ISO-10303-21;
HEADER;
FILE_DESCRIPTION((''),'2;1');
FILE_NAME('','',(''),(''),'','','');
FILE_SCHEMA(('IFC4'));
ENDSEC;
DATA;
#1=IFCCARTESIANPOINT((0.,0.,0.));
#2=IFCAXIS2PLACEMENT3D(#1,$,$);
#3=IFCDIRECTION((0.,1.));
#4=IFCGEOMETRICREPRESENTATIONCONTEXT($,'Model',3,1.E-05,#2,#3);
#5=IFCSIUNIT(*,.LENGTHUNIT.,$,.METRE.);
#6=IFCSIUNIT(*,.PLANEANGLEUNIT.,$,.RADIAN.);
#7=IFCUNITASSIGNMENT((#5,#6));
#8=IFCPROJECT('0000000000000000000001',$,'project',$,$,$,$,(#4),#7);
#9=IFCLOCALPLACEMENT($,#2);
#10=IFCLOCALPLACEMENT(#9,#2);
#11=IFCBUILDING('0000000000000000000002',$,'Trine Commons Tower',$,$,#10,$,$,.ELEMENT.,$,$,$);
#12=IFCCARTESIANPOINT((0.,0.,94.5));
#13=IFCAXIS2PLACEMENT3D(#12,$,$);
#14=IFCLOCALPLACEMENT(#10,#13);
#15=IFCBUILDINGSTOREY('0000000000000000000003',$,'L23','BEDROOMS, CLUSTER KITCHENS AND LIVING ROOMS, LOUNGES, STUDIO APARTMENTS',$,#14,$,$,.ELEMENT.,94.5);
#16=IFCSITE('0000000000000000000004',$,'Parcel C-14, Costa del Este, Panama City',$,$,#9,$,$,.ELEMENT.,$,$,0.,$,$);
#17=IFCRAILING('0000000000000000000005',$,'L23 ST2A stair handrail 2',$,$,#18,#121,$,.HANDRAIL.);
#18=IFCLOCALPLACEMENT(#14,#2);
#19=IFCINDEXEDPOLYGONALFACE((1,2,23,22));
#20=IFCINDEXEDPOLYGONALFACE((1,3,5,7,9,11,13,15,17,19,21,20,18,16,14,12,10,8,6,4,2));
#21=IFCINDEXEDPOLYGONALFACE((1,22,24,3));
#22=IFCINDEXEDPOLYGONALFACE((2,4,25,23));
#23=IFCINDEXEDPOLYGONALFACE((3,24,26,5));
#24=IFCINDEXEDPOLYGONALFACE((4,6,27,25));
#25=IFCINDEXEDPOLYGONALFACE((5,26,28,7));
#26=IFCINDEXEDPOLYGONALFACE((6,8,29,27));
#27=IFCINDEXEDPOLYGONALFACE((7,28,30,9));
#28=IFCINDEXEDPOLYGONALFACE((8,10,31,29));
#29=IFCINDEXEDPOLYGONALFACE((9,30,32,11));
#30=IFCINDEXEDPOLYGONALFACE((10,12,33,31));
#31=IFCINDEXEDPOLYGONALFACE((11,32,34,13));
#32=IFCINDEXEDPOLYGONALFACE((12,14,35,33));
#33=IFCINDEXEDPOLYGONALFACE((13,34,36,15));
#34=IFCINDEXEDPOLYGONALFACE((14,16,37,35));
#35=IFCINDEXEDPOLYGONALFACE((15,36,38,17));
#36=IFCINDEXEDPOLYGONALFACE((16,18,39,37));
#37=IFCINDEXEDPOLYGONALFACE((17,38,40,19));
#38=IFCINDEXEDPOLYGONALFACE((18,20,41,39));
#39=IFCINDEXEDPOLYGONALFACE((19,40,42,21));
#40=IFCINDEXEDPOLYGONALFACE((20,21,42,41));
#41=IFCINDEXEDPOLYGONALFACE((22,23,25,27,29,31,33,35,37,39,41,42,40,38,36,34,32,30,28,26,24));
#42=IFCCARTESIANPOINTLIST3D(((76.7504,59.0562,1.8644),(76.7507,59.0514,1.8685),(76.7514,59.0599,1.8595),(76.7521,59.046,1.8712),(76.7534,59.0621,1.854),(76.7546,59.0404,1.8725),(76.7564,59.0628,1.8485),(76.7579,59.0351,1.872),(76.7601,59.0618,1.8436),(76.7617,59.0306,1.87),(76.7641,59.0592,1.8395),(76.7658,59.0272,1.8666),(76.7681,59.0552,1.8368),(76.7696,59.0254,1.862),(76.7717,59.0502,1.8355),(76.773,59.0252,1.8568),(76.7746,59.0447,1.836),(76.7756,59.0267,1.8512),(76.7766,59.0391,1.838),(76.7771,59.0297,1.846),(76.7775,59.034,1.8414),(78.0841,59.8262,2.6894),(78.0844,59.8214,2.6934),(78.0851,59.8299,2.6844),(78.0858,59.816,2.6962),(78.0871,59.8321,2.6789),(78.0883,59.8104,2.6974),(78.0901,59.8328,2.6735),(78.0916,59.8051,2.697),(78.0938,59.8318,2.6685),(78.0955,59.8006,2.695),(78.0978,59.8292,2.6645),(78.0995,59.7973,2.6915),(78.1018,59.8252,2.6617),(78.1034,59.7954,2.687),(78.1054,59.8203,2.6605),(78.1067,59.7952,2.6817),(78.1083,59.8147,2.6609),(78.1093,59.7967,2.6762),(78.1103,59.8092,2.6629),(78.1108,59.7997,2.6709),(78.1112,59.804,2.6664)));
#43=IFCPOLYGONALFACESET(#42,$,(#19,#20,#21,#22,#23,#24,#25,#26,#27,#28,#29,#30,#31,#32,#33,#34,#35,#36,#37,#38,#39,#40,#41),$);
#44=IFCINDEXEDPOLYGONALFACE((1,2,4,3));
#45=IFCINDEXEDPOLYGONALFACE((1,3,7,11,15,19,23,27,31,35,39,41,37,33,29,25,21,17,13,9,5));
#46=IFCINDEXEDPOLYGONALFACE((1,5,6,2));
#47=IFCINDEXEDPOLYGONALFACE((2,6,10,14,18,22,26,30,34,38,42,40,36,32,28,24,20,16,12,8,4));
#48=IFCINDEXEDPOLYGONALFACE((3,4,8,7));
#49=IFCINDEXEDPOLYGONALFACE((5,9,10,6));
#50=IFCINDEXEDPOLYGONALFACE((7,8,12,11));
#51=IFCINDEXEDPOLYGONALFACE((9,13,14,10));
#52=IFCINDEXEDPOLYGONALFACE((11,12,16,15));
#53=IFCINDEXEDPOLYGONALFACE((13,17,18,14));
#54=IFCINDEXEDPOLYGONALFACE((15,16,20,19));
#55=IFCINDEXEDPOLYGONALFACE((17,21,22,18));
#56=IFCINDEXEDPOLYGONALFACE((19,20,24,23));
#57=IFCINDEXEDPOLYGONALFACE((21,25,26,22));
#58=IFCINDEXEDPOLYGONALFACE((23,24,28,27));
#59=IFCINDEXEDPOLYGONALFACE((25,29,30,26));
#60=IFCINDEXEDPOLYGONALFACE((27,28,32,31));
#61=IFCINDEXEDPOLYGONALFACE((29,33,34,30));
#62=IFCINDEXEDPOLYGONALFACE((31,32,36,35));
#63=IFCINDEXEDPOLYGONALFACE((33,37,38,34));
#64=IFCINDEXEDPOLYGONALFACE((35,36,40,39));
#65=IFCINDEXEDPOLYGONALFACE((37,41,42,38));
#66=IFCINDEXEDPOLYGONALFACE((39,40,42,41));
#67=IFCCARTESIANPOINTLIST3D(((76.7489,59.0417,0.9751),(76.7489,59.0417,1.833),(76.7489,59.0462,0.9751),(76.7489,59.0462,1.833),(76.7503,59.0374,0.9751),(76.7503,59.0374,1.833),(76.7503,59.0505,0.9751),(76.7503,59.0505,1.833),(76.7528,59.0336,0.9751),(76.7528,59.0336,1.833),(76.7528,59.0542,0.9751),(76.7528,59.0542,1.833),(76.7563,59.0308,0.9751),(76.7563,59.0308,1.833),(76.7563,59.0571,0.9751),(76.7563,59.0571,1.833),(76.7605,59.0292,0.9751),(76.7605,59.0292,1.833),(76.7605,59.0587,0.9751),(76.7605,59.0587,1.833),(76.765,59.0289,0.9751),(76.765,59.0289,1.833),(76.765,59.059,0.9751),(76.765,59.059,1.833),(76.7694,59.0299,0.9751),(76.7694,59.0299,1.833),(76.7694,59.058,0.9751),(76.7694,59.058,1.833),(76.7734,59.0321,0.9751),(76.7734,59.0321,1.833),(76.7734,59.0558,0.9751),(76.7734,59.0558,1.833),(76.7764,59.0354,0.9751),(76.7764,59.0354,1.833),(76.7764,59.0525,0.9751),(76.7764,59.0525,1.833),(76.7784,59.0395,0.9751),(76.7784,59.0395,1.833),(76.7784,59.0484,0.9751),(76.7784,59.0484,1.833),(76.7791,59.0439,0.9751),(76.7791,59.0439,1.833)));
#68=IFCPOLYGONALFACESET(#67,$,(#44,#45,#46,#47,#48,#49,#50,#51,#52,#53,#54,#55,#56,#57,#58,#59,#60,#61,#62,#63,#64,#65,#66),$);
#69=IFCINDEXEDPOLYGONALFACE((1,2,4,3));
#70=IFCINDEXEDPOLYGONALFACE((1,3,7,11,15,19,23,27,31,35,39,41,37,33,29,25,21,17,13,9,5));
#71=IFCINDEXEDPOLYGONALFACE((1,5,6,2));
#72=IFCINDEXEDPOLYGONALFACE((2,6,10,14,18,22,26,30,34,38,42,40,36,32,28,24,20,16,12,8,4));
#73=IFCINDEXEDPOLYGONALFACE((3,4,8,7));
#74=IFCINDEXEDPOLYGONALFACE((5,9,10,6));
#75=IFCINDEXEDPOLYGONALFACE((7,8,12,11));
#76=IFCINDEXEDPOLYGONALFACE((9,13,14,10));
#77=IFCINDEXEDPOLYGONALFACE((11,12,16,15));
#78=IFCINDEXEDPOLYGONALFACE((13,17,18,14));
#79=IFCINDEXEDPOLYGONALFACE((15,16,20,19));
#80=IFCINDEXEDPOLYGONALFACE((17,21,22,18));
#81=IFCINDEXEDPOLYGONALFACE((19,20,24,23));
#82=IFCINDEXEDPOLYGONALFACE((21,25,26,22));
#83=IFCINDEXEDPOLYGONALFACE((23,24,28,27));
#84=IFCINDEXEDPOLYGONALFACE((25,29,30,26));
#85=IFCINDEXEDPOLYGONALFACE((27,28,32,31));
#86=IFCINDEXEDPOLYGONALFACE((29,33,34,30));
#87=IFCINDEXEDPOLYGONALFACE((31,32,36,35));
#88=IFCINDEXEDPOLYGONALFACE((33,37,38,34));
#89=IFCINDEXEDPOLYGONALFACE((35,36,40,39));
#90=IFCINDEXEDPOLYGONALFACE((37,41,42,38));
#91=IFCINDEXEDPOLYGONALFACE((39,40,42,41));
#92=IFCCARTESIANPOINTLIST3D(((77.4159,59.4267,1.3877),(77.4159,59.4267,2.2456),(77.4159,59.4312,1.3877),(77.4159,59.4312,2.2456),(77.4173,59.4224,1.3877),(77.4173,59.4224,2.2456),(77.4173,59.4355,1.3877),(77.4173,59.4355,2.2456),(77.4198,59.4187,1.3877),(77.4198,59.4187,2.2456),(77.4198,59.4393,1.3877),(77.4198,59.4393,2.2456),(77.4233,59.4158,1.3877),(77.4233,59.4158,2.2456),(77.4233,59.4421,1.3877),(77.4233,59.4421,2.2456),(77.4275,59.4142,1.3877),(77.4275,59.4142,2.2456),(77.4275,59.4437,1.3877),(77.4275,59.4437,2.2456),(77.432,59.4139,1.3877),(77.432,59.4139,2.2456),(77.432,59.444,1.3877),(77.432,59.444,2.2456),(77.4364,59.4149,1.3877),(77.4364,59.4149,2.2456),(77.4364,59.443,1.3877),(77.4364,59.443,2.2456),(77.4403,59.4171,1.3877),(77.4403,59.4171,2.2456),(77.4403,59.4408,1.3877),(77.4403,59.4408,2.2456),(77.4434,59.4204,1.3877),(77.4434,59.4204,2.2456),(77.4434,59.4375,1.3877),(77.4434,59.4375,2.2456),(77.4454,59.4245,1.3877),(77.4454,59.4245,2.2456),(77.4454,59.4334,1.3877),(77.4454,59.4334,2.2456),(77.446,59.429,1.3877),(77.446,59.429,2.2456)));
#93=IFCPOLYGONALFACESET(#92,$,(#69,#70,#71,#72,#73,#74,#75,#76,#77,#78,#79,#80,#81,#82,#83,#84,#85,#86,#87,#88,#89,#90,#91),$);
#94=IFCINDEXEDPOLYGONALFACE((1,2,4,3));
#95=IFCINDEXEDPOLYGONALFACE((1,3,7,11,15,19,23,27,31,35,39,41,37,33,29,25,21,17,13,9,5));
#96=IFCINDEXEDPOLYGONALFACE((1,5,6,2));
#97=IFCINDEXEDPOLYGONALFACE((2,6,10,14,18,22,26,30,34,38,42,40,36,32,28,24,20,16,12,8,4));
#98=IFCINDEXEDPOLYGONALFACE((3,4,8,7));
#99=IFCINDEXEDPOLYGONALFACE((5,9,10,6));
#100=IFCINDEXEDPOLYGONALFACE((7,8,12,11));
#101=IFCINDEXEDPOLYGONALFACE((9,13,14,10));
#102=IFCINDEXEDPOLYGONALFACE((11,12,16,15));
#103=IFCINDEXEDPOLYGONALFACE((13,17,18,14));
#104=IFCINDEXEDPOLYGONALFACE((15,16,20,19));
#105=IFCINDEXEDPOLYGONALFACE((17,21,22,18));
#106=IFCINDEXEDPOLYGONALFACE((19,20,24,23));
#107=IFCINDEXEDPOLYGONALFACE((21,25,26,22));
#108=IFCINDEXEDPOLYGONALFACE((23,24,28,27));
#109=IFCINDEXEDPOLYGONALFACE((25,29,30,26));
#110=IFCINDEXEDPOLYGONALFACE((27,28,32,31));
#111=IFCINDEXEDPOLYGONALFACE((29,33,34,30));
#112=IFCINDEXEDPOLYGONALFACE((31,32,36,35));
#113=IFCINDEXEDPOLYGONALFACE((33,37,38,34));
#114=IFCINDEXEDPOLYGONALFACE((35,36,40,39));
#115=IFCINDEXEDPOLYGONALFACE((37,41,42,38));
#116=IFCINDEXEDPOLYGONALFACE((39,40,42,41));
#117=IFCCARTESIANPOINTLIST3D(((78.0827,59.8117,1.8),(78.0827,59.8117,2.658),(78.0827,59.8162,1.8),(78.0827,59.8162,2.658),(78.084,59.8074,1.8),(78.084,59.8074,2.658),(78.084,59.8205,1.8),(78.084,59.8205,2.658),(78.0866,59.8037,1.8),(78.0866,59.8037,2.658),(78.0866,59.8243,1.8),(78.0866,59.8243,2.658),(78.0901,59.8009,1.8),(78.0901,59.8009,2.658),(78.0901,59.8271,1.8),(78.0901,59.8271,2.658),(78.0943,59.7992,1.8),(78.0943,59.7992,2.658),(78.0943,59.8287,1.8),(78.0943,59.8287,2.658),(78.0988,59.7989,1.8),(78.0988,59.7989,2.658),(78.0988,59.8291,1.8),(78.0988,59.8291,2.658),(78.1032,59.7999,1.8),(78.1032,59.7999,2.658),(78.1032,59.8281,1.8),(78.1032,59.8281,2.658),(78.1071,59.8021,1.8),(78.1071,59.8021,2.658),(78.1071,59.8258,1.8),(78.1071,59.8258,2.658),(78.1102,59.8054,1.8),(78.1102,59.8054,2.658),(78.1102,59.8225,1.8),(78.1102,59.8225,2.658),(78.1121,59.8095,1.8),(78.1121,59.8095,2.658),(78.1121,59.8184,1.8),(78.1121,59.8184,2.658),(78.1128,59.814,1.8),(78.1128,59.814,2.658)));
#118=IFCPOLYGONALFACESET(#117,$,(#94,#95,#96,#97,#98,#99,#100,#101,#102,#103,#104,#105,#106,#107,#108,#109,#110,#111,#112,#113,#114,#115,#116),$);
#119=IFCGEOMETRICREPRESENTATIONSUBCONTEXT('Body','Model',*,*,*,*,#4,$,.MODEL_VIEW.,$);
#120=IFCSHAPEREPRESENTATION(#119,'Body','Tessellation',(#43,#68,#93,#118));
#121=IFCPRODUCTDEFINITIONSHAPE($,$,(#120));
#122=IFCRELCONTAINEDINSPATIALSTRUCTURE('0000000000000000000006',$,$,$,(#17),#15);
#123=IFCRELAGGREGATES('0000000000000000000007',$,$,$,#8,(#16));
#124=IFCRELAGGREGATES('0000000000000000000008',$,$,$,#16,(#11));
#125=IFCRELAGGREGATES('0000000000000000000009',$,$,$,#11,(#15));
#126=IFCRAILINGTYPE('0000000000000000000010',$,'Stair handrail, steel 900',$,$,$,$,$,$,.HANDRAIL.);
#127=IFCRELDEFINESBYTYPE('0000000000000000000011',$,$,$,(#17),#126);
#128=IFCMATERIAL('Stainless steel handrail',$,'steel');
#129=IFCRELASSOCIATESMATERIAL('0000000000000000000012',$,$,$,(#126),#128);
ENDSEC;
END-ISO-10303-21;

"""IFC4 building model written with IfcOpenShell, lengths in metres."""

from ifc_helpers import new_model, si_unit, direction, frame, origin, origin_2d, place, context, subcontext, project, spatial, circle, extrude, material, type_object, element, save


model = new_model("IFC4")

# Units and contexts
model_context = context("Model", 3, precision=1e-05, world=origin(), true_north=direction((0.0, 1.0)))
body_context = subcontext(model_context, "Body", "Model", "MODEL_VIEW")
ifc_project = project(units=[si_unit("LENGTHUNIT", "METRE"), si_unit("PLANEANGLEUNIT", "RADIAN")], contexts=[model_context])

# Site, building, storey
site_placement = place(None, origin())
site = spatial("IfcSite", under=ifc_project, at=site_placement, Name="Parcel C-14, Costa del Este, Panama City", CompositionType="ELEMENT", RefElevation=0.0)
building_placement = place(site_placement, origin())
building = spatial("IfcBuilding", under=site, at=building_placement, Name="Trine Commons Tower", CompositionType="ELEMENT")
storey_placement = place(building_placement, frame((0.0, 0.0, 94.5)))
storey = spatial("IfcBuildingStorey", under=building, at=storey_placement, Name="L23", Description="BEDROOMS, CLUSTER KITCHENS AND LIVING ROOMS, LOUNGES, STUDIO APARTMENTS", CompositionType="ELEMENT", Elevation=94.5)

# Railing
ifc_material_1 = material(Name="Stainless steel handrail", Category="steel")
railing_type_1 = type_object("IfcRailingType", Name="Stair handrail, steel 900", PredefinedType="HANDRAIL", material=ifc_material_1)
railing_1_placement = place(storey_placement, frame((76.7639, 59.0439, 0.9751)))
element("IfcRailing", 1, at=railing_1_placement, inside=storey, type_object=railing_type_1, Name="L23 ST2A stair handrail 2", PredefinedType="HANDRAIL", context=body_context, shape_type="SweptSolid", body=[
    extrude(circle(Radius=0.021, at=origin_2d()), frame((0.0, 0.0, 0.8789), z_axis=(0.763405, 0.440743, 0.472185), x_axis=(-0.499992, 0.86603, 0.0)), (0.0, 0.0, 1.0), 1.7471),
    extrude(circle(Radius=0.0151, at=origin_2d()), origin(), (0.0, 0.0, 1.0), 0.8579),
    extrude(circle(Radius=0.0151, at=origin_2d()), frame((0.667, 0.385, 0.4126)), (0.0, 0.0, 1.0), 0.8579),
    extrude(circle(Radius=0.0151, at=origin_2d()), frame((1.3337, 0.77, 0.825)), (0.0, 0.0, 1.0), 0.8579),
])

save(model, "model.ifc")
